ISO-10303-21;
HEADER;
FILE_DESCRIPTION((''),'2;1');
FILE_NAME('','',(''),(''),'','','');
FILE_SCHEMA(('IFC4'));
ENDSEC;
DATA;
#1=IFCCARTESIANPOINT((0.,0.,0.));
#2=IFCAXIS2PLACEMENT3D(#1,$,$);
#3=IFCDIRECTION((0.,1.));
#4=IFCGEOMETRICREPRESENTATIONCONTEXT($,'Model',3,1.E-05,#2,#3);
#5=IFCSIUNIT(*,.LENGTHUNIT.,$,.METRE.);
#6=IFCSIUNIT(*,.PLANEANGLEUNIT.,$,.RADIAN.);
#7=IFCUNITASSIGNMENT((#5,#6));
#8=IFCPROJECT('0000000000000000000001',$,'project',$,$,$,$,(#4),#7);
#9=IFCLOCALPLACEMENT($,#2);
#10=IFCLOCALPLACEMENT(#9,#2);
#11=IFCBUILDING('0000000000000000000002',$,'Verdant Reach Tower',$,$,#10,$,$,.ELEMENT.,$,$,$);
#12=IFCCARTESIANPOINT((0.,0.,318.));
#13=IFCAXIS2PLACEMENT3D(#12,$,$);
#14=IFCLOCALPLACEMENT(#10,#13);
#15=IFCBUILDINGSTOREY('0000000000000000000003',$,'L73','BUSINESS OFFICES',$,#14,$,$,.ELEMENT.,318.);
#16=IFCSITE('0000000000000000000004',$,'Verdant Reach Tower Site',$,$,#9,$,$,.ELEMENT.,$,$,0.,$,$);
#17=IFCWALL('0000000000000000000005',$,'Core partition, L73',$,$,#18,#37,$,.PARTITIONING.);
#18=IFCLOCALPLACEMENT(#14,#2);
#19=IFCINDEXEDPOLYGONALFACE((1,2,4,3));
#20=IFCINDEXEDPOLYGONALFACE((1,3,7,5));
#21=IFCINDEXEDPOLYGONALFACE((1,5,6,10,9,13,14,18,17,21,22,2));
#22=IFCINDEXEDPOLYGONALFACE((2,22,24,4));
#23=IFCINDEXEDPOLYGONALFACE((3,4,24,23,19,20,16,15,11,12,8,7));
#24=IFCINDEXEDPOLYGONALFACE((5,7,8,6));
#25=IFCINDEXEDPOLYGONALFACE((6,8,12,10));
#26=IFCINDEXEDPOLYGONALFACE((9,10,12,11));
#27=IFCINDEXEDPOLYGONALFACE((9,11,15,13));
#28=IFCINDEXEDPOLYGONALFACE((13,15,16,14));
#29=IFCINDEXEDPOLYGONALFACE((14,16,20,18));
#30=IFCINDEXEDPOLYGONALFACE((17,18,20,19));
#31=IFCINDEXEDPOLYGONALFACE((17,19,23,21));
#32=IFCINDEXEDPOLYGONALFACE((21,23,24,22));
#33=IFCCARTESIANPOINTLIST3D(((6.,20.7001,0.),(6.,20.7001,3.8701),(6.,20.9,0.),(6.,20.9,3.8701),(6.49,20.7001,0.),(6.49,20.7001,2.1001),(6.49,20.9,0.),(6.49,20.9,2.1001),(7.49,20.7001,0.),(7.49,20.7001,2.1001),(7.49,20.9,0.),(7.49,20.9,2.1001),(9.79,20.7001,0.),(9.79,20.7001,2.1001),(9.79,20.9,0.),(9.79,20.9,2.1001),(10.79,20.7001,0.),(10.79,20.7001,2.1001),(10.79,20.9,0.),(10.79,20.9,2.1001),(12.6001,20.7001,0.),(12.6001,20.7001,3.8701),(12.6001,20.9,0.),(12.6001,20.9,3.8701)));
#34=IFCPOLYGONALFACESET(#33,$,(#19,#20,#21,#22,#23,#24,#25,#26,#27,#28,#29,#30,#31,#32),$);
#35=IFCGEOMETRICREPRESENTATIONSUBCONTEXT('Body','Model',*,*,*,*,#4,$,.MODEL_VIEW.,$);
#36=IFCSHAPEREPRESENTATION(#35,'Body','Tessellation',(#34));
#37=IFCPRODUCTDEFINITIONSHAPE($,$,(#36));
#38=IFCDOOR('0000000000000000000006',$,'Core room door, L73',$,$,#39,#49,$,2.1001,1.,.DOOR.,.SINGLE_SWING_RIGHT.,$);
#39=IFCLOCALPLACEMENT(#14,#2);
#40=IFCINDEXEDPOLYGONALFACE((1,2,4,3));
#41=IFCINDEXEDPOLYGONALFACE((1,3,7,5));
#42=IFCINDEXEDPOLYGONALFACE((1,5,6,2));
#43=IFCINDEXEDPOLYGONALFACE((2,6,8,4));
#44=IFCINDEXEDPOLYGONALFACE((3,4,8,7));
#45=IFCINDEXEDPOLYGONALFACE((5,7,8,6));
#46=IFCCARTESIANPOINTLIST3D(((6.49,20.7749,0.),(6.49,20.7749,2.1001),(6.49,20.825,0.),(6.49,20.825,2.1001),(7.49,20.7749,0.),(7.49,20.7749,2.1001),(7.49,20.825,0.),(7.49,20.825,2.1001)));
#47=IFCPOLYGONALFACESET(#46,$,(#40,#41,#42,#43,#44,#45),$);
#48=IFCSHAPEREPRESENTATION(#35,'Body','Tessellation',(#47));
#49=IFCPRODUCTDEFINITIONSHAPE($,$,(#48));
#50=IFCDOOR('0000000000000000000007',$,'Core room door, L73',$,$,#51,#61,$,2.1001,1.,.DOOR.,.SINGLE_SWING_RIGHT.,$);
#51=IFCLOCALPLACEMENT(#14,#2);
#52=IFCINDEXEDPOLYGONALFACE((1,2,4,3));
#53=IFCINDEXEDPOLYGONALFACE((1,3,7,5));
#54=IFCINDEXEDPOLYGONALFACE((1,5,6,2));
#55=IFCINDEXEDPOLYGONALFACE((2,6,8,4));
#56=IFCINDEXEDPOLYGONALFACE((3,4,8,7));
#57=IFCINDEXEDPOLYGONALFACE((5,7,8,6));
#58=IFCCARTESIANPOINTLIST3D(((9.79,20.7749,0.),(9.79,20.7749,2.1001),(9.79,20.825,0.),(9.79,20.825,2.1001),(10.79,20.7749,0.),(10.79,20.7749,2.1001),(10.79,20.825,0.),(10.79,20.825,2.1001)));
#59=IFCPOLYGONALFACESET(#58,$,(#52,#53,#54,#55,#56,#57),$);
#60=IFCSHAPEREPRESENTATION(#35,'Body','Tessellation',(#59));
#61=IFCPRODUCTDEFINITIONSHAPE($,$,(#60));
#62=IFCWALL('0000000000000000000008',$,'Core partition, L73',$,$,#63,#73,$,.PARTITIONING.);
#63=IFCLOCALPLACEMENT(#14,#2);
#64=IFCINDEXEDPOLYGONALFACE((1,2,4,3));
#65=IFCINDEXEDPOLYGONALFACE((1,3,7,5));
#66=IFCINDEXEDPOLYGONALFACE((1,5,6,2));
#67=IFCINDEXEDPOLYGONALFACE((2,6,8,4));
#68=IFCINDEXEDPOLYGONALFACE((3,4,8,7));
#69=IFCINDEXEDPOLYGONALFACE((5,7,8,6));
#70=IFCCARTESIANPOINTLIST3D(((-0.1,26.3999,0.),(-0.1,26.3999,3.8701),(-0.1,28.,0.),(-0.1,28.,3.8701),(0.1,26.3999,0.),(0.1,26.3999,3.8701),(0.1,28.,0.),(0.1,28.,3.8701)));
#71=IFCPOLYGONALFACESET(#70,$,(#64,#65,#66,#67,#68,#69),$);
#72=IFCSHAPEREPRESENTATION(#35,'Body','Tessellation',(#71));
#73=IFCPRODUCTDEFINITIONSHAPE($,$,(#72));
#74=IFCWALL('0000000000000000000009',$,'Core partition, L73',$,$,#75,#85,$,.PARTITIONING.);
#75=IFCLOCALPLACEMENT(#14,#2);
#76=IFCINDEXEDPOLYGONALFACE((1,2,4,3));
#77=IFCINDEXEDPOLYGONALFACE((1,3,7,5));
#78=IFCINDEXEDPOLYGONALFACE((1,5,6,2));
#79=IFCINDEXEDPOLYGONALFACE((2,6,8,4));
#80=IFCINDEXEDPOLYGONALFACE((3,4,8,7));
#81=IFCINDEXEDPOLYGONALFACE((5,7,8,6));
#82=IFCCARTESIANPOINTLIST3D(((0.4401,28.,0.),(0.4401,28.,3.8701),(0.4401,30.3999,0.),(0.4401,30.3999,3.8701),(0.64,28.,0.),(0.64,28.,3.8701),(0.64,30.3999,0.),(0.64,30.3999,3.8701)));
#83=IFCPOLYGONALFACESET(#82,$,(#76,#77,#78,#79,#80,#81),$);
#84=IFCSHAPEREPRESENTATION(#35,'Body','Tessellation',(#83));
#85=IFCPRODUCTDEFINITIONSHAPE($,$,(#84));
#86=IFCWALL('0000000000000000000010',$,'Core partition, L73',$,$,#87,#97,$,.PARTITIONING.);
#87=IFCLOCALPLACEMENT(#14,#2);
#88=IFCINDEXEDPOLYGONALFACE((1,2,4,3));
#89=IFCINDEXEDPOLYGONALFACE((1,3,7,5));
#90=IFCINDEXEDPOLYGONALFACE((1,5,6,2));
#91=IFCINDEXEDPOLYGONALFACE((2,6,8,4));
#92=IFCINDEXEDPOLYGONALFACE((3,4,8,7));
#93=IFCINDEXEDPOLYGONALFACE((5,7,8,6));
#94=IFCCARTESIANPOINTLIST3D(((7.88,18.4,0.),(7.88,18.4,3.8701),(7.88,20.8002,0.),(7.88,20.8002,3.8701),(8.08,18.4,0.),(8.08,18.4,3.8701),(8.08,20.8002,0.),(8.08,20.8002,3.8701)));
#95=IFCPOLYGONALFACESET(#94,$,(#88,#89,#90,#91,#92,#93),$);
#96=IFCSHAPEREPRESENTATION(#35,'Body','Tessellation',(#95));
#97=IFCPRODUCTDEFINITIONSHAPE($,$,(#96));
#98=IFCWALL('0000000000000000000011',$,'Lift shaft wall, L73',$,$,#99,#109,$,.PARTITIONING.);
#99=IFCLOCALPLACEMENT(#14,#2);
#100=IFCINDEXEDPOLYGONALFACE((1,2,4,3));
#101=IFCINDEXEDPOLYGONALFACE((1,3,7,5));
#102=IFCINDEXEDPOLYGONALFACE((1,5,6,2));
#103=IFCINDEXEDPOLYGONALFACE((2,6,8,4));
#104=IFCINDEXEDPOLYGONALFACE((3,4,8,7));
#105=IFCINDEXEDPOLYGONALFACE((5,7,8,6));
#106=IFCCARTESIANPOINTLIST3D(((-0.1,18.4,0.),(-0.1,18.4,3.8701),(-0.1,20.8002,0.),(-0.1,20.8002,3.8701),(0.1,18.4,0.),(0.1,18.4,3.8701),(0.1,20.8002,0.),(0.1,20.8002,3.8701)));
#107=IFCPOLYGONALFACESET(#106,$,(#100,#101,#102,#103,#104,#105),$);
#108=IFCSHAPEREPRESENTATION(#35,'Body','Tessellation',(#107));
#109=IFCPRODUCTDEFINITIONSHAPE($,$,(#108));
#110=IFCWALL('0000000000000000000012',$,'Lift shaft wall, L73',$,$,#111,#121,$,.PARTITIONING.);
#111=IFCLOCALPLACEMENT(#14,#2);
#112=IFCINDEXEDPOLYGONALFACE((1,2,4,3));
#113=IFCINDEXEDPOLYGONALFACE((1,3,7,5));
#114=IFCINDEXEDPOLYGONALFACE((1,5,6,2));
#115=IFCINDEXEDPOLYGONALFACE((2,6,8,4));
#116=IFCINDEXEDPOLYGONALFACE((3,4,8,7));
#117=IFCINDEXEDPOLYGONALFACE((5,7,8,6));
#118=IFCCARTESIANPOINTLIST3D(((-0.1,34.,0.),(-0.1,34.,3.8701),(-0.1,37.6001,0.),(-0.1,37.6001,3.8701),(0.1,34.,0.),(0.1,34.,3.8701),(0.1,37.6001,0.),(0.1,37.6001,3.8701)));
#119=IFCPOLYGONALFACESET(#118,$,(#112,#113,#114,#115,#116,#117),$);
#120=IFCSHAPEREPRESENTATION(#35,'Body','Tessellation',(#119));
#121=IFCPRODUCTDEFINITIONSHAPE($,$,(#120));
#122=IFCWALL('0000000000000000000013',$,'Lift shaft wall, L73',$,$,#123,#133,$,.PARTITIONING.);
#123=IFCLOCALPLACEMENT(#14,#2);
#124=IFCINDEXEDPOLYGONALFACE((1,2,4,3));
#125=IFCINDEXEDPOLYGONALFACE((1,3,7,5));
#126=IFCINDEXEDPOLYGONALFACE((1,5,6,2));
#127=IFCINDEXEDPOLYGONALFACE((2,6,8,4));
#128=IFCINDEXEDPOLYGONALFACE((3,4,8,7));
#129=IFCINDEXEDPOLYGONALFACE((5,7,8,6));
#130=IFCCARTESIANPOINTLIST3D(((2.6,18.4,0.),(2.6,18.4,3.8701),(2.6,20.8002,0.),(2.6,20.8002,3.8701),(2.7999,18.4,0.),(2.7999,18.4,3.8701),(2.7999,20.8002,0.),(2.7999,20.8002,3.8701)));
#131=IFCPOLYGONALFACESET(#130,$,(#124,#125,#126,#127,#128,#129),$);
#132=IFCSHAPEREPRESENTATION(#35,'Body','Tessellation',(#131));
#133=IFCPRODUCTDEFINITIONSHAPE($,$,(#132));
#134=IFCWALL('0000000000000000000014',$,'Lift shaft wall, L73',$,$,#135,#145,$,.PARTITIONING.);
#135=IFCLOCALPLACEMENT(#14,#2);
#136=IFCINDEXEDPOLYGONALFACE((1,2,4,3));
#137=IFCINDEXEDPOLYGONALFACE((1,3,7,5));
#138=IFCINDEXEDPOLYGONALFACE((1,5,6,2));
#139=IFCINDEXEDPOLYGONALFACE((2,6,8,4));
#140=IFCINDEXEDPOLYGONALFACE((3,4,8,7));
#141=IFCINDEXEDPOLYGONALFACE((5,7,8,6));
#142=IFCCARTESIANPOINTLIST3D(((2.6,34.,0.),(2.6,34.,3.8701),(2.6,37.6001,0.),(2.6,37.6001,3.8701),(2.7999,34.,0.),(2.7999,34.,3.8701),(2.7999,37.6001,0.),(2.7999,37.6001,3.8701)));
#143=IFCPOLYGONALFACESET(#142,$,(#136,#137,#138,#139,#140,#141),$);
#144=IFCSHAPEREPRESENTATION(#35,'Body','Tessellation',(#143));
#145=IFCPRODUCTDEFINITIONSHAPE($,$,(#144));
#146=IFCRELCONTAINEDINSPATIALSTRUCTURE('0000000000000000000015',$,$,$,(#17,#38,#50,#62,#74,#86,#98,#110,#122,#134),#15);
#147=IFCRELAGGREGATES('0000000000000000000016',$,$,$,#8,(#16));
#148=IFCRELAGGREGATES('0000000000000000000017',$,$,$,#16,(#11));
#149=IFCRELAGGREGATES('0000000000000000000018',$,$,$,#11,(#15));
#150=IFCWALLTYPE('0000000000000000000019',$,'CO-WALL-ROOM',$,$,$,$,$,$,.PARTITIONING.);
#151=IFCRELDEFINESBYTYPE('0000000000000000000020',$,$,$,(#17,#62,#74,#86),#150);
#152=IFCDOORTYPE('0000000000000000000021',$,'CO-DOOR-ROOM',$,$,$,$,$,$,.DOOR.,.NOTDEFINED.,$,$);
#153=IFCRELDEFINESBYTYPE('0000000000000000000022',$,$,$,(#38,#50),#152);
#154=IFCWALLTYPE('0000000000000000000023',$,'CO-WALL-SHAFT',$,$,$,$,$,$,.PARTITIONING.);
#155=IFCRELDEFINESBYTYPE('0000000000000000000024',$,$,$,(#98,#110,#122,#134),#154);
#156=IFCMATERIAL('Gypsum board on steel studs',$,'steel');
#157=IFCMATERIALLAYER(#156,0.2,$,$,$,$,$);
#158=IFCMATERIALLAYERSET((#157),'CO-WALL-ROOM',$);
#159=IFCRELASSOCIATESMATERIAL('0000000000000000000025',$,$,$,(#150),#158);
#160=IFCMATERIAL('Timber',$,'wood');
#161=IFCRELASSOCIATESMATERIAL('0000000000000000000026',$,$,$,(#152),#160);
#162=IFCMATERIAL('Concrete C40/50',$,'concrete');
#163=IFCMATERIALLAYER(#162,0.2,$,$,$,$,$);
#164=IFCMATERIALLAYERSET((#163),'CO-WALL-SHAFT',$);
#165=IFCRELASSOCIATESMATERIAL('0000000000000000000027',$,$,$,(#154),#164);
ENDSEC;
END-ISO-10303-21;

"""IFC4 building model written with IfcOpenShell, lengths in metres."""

from ifc_helpers import new_model, si_unit, direction, frame, frame_2d, origin, place, context, subcontext, project, spatial, rectangle, extrude, material, layer, layer_set, type_object, element, fill, save


model = new_model("IFC4")

# Units and contexts
model_context = context("Model", 3, precision=1e-05, world=origin(), true_north=direction((0.0, 1.0)))
body_context = subcontext(model_context, "Body", "Model", "MODEL_VIEW")
ifc_project = project(units=[si_unit("LENGTHUNIT", "METRE"), si_unit("PLANEANGLEUNIT", "RADIAN")], contexts=[model_context])

# Site, building, storey
site_placement = place(None, origin())
site = spatial("IfcSite", under=ifc_project, at=site_placement, Name="Verdant Reach Tower Site", CompositionType="ELEMENT", RefElevation=0.0)
building_placement = place(site_placement, origin())
building = spatial("IfcBuilding", under=site, at=building_placement, Name="Verdant Reach Tower", CompositionType="ELEMENT")
storey_placement = place(building_placement, frame((0.0, 0.0, 318.0)))
storey = spatial("IfcBuildingStorey", under=building, at=storey_placement, Name="L73", Description="BUSINESS OFFICES", CompositionType="ELEMENT", Elevation=318.0)

# Wall, openings, doors
ifc_material_1 = material(Name="Gypsum board on steel studs", Category="steel")
ifc_layer_1 = layer(ifc_material_1, 0.2)
ifc_layer_set_1 = layer_set([ifc_layer_1], Name="CO-WALL-ROOM")
wall_type_1 = type_object("IfcWallType", Name="CO-WALL-ROOM", PredefinedType="PARTITIONING", material=ifc_layer_set_1)
wall_1_placement = place(storey_placement, frame((6.0, 20.8, 0.0), z_axis=(0.0, 0.0, 1.0), x_axis=(1.0, 0.0, 0.0)))
wall_1 = element("IfcWall", 1, at=wall_1_placement, inside=storey, type_object=wall_type_1, Name="Core partition, L73", PredefinedType="PARTITIONING", context=body_context, shape_type="SweptSolid", body=[
    extrude(rectangle(XDim=6.6001, YDim=0.2, at=frame_2d((3.3, 0.0))), origin(), (0.0, 0.0, 1.0), 3.8701),
])
opening_1_placement = place(wall_1_placement, frame((0.49, 0.0, 0.0)))
opening_1 = element("IfcOpeningElement", 2, at=opening_1_placement, cuts=wall_1, PredefinedType="OPENING", context=body_context, shape_type="SweptSolid", body=[
    extrude(rectangle(XDim=1.0, YDim=2.1001, at=frame_2d((0.5, 1.05))), frame((0.0, 0.1099, 0.0), z_axis=(0.0, -1.0, 0.0), x_axis=(1.0, 0.0, 0.0)), (0.0, 0.0, 1.0), 0.22),
])
opening_2_placement = place(wall_1_placement, frame((3.79, 0.0, 0.0)))
opening_2 = element("IfcOpeningElement", 3, at=opening_2_placement, cuts=wall_1, PredefinedType="OPENING", context=body_context, shape_type="SweptSolid", body=[
    extrude(rectangle(XDim=1.0, YDim=2.1001, at=frame_2d((0.5, 1.05))), frame((0.0, 0.1099, 0.0), z_axis=(0.0, -1.0, 0.0), x_axis=(1.0, 0.0, 0.0)), (0.0, 0.0, 1.0), 0.22),
])
ifc_material_2 = material(Name="Timber", Category="wood")
door_type_1 = type_object("IfcDoorType", Name="CO-DOOR-ROOM", OperationType="NOTDEFINED", PredefinedType="DOOR", material=ifc_material_2)
door_1_placement = place(opening_1_placement, origin())
door_1 = element("IfcDoor", 4, at=door_1_placement, inside=storey, type_object=door_type_1, Name="Core room door, L73", OperationType="SINGLE_SWING_RIGHT", OverallHeight=2.1001, OverallWidth=1.0, PredefinedType="DOOR", context=body_context, shape_type="SweptSolid", body=[
    extrude(rectangle(XDim=1.0, YDim=2.1001, at=frame_2d((0.5, 1.05))), frame((0.0, 0.0249, 0.0), z_axis=(0.0, -1.0, 0.0), x_axis=(1.0, 0.0, 0.0)), (0.0, 0.0, 1.0), 0.05),
])
fill(opening_1, door_1)
door_2_placement = place(opening_2_placement, origin())
door_2 = element("IfcDoor", 5, at=door_2_placement, inside=storey, type_object=door_type_1, Name="Core room door, L73", OperationType="SINGLE_SWING_RIGHT", OverallHeight=2.1001, OverallWidth=1.0, PredefinedType="DOOR", context=body_context, shape_type="SweptSolid", body=[
    extrude(rectangle(XDim=1.0, YDim=2.1001, at=frame_2d((0.5, 1.05))), frame((0.0, 0.0249, 0.0), z_axis=(0.0, -1.0, 0.0), x_axis=(1.0, 0.0, 0.0)), (0.0, 0.0, 1.0), 0.05),
])
fill(opening_2, door_2)

# Walls
wall_2_placement = place(storey_placement, frame((0.0, 26.3999, 0.0), z_axis=(0.0, 0.0, 1.0), x_axis=(0.0, 1.0, 0.0)))
element("IfcWall", 6, at=wall_2_placement, inside=storey, type_object=wall_type_1, Name="Core partition, L73", PredefinedType="PARTITIONING", context=body_context, shape_type="SweptSolid", body=[
    extrude(rectangle(XDim=1.6001, YDim=0.2, at=frame_2d((0.8, 0.0))), origin(), (0.0, 0.0, 1.0), 3.8701),
])
wall_3_placement = place(storey_placement, frame((0.54, 28.0, 0.0), z_axis=(0.0, 0.0, 1.0), x_axis=(0.0, 1.0, 0.0)))
element("IfcWall", 7, at=wall_3_placement, inside=storey, type_object=wall_type_1, Name="Core partition, L73", PredefinedType="PARTITIONING", context=body_context, shape_type="SweptSolid", body=[
    extrude(rectangle(XDim=2.3999, YDim=0.2, at=frame_2d((1.2, 0.0))), origin(), (0.0, 0.0, 1.0), 3.8701),
])
wall_4_placement = place(storey_placement, frame((7.98, 18.3999, 0.0), z_axis=(0.0, 0.0, 1.0), x_axis=(0.0, 1.0, 0.0)))
element("IfcWall", 8, at=wall_4_placement, inside=storey, type_object=wall_type_1, Name="Core partition, L73", PredefinedType="PARTITIONING", context=body_context, shape_type="SweptSolid", body=[
    extrude(rectangle(XDim=2.4001, YDim=0.2, at=frame_2d((1.2002, 0.0))), origin(), (0.0, 0.0, 1.0), 3.8701),
])
ifc_material_3 = material(Name="Concrete C40/50", Category="concrete")
ifc_layer_2 = layer(ifc_material_3, 0.2)
ifc_layer_set_2 = layer_set([ifc_layer_2], Name="CO-WALL-SHAFT")
wall_type_2 = type_object("IfcWallType", Name="CO-WALL-SHAFT", PredefinedType="PARTITIONING", material=ifc_layer_set_2)
wall_5_placement = place(storey_placement, frame((0.0, 18.3999, 0.0), z_axis=(0.0, 0.0, 1.0), x_axis=(0.0, 1.0, 0.0)))
element("IfcWall", 9, at=wall_5_placement, inside=storey, type_object=wall_type_2, Name="Lift shaft wall, L73", PredefinedType="PARTITIONING", context=body_context, shape_type="SweptSolid", body=[
    extrude(rectangle(XDim=2.4001, YDim=0.2, at=frame_2d((1.2002, 0.0))), origin(), (0.0, 0.0, 1.0), 3.8701),
])
wall_6_placement = place(storey_placement, frame((0.0, 34.0, 0.0), z_axis=(0.0, 0.0, 1.0), x_axis=(0.0, 1.0, 0.0)))
element("IfcWall", 10, at=wall_6_placement, inside=storey, type_object=wall_type_2, Name="Lift shaft wall, L73", PredefinedType="PARTITIONING", context=body_context, shape_type="SweptSolid", body=[
    extrude(rectangle(XDim=3.6001, YDim=0.2, at=frame_2d((1.8, 0.0))), origin(), (0.0, 0.0, 1.0), 3.8701),
])
wall_7_placement = place(storey_placement, frame((2.7, 18.3999, 0.0), z_axis=(0.0, 0.0, 1.0), x_axis=(0.0, 1.0, 0.0)))
element("IfcWall", 11, at=wall_7_placement, inside=storey, type_object=wall_type_2, Name="Lift shaft wall, L73", PredefinedType="PARTITIONING", context=body_context, shape_type="SweptSolid", body=[
    extrude(rectangle(XDim=2.4001, YDim=0.2, at=frame_2d((1.2002, 0.0))), origin(), (0.0, 0.0, 1.0), 3.8701),
])
wall_8_placement = place(storey_placement, frame((2.7, 34.0, 0.0), z_axis=(0.0, 0.0, 1.0), x_axis=(0.0, 1.0, 0.0)))
element("IfcWall", 12, at=wall_8_placement, inside=storey, type_object=wall_type_2, Name="Lift shaft wall, L73", PredefinedType="PARTITIONING", context=body_context, shape_type="SweptSolid", body=[
    extrude(rectangle(XDim=3.6001, YDim=0.2, at=frame_2d((1.8, 0.0))), origin(), (0.0, 0.0, 1.0), 3.8701),
])

save(model, "model.ifc")
